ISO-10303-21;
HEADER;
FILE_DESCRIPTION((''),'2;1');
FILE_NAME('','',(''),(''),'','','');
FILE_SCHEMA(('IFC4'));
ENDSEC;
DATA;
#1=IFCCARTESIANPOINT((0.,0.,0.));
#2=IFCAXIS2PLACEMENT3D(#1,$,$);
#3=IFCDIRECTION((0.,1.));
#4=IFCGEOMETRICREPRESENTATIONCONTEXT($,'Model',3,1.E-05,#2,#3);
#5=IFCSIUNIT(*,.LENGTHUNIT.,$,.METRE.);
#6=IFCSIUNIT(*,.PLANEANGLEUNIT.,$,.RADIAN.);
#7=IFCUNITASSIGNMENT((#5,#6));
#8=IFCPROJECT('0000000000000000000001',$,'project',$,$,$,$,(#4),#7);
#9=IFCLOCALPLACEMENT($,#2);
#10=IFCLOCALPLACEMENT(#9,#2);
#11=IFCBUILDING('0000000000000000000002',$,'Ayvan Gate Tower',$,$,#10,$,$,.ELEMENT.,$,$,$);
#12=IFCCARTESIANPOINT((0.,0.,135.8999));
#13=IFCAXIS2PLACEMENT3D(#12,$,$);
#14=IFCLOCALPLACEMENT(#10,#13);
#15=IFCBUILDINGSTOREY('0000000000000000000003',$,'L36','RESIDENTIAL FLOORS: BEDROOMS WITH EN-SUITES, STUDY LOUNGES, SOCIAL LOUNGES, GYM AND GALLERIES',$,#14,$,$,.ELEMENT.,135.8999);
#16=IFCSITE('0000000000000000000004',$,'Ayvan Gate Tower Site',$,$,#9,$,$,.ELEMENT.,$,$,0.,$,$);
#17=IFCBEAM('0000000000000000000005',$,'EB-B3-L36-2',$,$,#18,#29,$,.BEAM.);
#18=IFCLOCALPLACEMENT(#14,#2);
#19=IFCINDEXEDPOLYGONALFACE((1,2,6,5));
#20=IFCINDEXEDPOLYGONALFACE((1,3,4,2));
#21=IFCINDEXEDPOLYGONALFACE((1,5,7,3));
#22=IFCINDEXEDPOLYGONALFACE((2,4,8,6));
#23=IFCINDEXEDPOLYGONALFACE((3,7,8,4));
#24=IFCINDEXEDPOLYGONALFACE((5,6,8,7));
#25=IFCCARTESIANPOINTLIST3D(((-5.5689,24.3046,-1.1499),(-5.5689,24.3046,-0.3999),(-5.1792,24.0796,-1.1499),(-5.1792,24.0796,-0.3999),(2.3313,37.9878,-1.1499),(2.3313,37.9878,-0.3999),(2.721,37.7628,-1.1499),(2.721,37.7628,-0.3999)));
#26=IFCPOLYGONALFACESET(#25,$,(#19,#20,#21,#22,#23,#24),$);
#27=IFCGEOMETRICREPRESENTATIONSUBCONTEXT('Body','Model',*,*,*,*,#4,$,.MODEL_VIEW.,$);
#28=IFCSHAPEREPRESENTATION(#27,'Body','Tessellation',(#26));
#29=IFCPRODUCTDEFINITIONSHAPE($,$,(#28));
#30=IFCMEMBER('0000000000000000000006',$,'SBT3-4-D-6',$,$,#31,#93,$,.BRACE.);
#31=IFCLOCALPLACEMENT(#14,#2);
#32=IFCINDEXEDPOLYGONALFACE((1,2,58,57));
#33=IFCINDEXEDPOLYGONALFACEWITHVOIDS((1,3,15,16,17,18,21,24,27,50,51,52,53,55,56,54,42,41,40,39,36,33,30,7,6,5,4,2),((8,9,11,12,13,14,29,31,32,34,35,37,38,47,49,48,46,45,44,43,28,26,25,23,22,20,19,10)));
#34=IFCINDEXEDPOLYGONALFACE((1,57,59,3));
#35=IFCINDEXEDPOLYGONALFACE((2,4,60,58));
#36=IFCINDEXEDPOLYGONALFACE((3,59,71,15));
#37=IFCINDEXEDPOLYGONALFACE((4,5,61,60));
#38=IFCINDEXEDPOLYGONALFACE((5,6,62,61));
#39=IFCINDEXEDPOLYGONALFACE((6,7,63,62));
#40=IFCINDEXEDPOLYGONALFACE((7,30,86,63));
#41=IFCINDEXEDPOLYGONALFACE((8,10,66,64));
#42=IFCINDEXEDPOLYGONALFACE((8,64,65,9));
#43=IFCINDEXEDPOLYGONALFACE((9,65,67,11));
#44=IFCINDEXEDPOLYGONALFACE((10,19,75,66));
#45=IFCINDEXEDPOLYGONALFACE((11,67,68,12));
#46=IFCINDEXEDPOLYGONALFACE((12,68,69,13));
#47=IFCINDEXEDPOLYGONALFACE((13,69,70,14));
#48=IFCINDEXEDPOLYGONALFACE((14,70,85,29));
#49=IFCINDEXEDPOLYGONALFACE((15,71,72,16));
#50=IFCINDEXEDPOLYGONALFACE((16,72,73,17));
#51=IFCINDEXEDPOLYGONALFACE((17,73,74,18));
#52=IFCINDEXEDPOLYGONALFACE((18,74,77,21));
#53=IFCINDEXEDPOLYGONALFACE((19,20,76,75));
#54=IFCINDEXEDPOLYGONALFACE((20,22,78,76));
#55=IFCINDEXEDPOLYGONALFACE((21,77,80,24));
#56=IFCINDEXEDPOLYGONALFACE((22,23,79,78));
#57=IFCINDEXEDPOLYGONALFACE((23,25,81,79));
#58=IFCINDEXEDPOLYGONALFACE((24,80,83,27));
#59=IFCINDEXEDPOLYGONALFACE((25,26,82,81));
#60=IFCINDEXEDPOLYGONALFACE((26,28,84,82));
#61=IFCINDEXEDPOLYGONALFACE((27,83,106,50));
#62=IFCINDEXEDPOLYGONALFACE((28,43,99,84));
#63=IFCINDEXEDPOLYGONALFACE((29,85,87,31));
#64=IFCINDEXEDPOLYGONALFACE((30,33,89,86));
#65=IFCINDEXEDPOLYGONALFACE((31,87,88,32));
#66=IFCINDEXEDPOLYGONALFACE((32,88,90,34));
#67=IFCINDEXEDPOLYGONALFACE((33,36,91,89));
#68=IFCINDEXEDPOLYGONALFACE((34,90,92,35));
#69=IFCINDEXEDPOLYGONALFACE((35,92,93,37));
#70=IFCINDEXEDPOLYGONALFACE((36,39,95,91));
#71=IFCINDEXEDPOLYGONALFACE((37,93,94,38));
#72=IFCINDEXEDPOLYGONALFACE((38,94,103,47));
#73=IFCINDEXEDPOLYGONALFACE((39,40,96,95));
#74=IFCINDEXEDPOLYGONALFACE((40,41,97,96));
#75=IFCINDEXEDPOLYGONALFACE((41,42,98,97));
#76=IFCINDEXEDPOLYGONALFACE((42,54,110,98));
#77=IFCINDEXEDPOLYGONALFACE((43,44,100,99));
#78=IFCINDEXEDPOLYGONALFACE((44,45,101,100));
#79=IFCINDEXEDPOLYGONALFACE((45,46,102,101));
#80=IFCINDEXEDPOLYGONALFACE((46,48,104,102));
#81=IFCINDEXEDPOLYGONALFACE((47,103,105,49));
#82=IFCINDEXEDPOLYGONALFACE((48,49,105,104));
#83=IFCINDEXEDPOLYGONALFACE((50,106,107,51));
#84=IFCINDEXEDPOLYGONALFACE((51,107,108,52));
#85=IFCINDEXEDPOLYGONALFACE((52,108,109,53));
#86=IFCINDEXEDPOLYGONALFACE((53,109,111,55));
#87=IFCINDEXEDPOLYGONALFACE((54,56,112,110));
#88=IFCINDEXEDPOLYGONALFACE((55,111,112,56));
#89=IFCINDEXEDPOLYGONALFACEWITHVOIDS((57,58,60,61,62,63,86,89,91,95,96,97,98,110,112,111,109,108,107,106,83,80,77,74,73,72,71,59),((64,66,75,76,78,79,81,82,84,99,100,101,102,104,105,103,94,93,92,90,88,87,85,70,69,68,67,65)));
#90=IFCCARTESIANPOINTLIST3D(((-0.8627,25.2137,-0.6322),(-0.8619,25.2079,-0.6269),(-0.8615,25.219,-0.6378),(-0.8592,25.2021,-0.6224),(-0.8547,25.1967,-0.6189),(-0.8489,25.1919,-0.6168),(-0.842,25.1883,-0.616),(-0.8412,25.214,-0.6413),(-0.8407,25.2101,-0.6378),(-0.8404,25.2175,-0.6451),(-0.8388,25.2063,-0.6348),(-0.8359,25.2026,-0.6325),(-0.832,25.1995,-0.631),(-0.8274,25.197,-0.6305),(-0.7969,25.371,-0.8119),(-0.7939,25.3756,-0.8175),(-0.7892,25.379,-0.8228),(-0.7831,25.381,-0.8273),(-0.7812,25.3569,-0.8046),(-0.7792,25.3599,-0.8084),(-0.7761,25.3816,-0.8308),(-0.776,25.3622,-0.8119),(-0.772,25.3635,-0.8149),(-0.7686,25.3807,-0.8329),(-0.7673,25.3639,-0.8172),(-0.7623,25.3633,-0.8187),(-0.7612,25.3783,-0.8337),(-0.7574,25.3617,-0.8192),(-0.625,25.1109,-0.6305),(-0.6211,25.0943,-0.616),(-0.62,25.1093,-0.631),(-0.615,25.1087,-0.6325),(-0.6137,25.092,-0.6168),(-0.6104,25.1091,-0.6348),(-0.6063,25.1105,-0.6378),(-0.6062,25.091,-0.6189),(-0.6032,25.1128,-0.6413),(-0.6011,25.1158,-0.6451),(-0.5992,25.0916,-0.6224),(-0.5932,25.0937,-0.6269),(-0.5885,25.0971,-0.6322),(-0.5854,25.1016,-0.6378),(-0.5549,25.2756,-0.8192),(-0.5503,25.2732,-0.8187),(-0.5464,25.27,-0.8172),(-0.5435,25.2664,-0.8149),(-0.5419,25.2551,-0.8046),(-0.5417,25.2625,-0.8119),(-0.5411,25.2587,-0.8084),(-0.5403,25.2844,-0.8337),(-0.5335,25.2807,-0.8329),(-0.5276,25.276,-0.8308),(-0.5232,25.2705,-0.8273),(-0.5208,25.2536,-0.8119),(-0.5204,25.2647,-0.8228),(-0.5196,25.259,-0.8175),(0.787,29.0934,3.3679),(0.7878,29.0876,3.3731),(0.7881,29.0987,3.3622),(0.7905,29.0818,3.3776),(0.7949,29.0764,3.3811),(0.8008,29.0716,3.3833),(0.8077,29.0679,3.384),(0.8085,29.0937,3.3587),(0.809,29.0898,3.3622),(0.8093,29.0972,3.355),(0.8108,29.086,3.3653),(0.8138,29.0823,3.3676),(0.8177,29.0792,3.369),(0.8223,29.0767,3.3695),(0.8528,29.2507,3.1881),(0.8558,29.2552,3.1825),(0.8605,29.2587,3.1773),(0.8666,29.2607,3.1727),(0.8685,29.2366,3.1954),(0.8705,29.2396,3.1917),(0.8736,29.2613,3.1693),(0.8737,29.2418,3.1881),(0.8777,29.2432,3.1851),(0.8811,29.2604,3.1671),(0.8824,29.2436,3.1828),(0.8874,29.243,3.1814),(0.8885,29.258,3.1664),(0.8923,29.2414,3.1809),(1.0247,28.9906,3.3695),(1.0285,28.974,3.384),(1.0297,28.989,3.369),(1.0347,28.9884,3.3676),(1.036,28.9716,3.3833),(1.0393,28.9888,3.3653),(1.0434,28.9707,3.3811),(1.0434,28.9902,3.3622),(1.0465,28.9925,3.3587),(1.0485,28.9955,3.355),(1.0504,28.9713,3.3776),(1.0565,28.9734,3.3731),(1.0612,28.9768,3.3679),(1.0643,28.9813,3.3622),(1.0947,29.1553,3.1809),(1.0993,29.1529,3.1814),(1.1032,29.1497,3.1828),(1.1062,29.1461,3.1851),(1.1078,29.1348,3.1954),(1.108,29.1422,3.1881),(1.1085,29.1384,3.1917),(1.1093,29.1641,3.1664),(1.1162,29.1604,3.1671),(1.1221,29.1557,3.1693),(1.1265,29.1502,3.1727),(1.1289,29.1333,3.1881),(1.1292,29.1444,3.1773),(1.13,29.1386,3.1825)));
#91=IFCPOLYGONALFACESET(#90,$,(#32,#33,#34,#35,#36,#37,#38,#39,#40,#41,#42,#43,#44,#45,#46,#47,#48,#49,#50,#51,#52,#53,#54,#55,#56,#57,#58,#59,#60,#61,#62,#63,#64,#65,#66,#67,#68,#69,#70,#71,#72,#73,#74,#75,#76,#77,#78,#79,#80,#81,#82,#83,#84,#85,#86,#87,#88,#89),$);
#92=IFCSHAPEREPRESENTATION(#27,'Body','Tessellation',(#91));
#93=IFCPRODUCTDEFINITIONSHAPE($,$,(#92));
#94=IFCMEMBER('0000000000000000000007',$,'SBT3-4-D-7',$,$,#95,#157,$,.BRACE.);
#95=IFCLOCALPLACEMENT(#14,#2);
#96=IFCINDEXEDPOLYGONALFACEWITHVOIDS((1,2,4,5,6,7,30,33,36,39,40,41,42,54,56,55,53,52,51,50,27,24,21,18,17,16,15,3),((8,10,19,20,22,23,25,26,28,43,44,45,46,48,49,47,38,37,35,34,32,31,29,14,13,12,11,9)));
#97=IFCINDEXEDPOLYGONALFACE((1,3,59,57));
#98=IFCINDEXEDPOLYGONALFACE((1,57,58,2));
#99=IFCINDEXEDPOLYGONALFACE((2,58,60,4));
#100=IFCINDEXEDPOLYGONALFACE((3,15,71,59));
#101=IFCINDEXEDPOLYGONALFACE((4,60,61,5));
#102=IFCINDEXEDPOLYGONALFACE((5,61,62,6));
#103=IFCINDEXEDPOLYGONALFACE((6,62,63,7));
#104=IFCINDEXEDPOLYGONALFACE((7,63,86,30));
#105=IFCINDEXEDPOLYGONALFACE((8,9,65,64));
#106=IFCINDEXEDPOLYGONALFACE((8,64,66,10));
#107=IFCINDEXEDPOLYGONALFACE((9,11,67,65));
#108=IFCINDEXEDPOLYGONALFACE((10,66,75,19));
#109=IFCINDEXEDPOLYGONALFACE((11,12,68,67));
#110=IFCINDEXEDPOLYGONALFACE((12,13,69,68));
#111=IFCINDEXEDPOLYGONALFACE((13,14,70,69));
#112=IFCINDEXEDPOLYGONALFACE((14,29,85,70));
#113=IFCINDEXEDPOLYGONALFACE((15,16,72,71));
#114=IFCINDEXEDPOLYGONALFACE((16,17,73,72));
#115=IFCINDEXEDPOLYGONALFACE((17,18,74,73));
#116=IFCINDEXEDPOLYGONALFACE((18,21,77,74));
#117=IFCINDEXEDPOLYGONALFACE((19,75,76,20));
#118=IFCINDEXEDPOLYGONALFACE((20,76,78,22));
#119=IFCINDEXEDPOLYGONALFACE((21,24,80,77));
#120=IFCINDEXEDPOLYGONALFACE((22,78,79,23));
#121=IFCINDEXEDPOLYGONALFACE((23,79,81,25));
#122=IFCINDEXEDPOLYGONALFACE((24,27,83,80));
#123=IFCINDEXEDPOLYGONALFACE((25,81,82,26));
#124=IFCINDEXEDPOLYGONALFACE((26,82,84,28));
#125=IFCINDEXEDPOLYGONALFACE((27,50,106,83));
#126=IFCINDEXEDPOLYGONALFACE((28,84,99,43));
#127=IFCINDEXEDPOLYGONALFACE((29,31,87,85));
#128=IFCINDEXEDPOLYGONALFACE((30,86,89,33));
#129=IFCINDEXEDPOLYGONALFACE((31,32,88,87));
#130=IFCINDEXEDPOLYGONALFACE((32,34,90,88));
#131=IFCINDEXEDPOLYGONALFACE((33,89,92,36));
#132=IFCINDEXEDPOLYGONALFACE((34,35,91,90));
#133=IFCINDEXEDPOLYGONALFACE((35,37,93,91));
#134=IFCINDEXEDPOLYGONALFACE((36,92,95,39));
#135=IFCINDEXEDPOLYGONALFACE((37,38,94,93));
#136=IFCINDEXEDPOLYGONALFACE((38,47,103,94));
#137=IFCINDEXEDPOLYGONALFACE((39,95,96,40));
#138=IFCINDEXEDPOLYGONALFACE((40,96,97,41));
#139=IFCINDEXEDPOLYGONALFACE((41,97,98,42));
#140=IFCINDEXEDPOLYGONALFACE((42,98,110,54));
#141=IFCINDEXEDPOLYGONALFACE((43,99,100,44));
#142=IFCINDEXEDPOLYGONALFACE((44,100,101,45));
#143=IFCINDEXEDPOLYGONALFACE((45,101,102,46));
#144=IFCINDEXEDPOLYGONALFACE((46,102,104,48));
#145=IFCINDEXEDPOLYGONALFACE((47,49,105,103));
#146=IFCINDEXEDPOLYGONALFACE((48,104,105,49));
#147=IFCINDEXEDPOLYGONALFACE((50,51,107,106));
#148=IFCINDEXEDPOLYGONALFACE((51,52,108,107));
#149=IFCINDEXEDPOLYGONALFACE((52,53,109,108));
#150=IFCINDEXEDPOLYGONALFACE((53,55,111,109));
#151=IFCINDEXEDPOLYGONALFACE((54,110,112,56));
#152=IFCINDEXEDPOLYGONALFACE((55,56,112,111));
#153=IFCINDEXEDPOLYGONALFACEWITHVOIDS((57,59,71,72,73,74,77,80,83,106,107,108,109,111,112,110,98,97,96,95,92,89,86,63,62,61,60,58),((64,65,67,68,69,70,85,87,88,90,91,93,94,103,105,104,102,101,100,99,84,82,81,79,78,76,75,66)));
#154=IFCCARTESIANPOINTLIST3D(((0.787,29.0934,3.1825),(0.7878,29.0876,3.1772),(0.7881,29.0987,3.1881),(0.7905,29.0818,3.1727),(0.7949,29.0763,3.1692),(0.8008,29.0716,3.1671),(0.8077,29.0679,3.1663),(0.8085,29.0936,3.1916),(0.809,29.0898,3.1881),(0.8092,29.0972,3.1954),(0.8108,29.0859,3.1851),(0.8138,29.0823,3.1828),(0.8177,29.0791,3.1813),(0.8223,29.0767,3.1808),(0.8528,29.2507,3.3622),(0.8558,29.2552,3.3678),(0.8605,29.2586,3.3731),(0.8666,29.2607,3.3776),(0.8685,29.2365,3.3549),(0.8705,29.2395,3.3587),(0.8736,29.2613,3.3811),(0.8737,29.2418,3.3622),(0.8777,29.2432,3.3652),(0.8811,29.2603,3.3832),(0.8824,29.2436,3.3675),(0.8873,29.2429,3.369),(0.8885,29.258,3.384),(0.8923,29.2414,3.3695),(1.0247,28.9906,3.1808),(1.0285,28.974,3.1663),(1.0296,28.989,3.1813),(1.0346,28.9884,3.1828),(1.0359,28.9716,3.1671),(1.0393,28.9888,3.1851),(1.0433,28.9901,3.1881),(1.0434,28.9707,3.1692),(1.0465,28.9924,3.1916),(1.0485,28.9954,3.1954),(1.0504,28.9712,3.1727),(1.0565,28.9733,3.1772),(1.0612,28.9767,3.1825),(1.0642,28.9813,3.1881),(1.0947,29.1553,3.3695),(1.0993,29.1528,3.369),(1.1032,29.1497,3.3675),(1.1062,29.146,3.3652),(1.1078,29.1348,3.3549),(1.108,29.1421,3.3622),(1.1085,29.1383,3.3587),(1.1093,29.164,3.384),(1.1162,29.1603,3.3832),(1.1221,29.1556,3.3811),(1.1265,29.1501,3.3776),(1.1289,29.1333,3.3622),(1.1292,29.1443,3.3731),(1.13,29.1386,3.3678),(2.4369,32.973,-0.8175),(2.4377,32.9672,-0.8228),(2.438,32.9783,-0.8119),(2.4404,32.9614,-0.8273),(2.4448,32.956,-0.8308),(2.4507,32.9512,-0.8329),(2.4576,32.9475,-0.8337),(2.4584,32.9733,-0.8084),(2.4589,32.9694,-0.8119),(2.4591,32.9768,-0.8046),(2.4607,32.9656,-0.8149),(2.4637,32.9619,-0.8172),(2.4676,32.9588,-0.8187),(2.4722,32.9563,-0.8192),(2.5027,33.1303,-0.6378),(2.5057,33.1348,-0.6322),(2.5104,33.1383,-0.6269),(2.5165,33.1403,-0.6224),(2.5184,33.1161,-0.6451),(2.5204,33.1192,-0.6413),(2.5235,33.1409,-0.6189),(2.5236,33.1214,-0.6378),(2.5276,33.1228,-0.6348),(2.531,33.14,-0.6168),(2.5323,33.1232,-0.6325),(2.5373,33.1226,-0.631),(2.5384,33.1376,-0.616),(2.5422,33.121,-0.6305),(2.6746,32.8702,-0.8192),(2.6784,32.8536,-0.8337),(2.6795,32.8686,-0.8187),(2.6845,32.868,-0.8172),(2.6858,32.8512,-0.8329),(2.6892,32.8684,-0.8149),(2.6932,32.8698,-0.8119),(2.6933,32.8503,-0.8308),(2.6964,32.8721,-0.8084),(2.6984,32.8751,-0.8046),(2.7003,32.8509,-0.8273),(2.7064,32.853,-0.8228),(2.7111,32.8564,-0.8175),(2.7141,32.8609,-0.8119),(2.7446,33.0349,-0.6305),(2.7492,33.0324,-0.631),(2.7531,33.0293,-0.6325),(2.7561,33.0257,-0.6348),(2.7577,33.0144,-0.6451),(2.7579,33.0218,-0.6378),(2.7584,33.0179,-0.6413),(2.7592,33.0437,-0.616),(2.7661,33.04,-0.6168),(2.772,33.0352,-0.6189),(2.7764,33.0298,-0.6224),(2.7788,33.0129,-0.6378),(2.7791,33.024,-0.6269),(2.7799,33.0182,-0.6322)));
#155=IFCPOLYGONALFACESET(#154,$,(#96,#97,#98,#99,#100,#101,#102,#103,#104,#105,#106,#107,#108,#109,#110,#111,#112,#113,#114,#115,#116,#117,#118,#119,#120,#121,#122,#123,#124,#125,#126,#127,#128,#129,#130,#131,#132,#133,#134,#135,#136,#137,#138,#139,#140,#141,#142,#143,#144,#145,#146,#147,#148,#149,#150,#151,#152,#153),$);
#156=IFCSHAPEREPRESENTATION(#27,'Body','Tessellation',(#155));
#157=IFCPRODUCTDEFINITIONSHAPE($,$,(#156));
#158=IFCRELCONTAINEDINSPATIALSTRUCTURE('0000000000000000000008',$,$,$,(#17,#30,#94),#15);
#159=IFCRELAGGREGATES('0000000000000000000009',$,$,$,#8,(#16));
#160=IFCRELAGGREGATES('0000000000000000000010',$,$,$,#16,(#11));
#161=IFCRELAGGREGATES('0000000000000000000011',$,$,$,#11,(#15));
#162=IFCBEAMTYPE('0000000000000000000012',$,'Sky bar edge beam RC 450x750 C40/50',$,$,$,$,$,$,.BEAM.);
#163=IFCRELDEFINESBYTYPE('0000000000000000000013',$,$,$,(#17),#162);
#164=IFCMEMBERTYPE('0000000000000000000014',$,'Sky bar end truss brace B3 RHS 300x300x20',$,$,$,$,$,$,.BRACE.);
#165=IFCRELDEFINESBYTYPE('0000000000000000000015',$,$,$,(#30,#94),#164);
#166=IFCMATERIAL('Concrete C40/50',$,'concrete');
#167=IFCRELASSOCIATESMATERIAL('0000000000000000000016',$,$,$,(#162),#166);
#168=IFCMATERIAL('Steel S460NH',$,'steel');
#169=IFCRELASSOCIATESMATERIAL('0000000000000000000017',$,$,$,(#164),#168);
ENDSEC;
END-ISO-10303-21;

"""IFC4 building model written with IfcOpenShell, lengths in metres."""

from ifc_helpers import new_model, si_unit, direction, frame, origin, origin_2d, place, context, subcontext, project, spatial, rectangle, hollow_rectangle, extrude, material, material_profile, profile_set, type_object, element, save


model = new_model("IFC4")

# Units and contexts
model_context = context("Model", 3, precision=1e-05, world=origin(), true_north=direction((0.0, 1.0)))
body_context = subcontext(model_context, "Body", "Model", "MODEL_VIEW")
ifc_project = project(units=[si_unit("LENGTHUNIT", "METRE"), si_unit("PLANEANGLEUNIT", "RADIAN")], contexts=[model_context])

# Site, building, storey
site_placement = place(None, origin())
site = spatial("IfcSite", under=ifc_project, at=site_placement, Name="Ayvan Gate Tower Site", CompositionType="ELEMENT", RefElevation=0.0)
building_placement = place(site_placement, origin())
building = spatial("IfcBuilding", under=site, at=building_placement, Name="Ayvan Gate Tower", CompositionType="ELEMENT")
storey_placement = place(building_placement, frame((0.0, 0.0, 135.8999)))
storey = spatial("IfcBuildingStorey", under=building, at=storey_placement, Name="L36", Description="RESIDENTIAL FLOORS: BEDROOMS WITH EN-SUITES, STUDY LOUNGES, SOCIAL LOUNGES, GYM AND GALLERIES", CompositionType="ELEMENT", Elevation=135.8999)

# Beam
ifc_material_1 = material(Name="Concrete C40/50", Category="concrete")
ifc_material_profile_1 = material_profile(ifc_material_1, rectangle(XDim=0.45, YDim=0.75, at=origin_2d()), Name="RC 450x750")
ifc_profile_set_1 = profile_set([ifc_material_profile_1], Name="Concrete C40/50")
beam_type = type_object("IfcBeamType", Name="Sky bar edge beam RC 450x750 C40/50", PredefinedType="BEAM", material=ifc_profile_set_1)
beam_placement = place(storey_placement, frame((-5.374, 24.1921, -0.7749), z_axis=(0.50001, 0.86602, 0.0), x_axis=(-0.86602, 0.50001, 0.0)))
element("IfcBeam", 1, at=beam_placement, inside=storey, type_object=beam_type, Name="EB-B3-L36-2", PredefinedType="BEAM", context=body_context, shape_type="SweptSolid", body=[
    extrude(rectangle(XDim=0.45, YDim=0.75, at=origin_2d()), origin(), (0.0, 0.0, 1.0), 15.8),
])

# Members
ifc_material_2 = material(Name="Steel S460NH", Category="steel")
ifc_material_profile_2 = material_profile(ifc_material_2, hollow_rectangle(XDim=0.3, YDim=0.3, WallThickness=0.02, InnerFilletRadius=0.02, OuterFilletRadius=0.03, at=origin_2d()), Name="RHS 300x300x20")
ifc_profile_set_2 = profile_set([ifc_material_profile_2], Name="Steel S460NH")
member_type_1 = type_object("IfcMemberType", Name="Sky bar end truss brace B3 RHS 300x300x20", PredefinedType="BRACE", material=ifc_profile_set_2)
for number, where, z_axis, x_axis, name in (
    (2, (-0.6912, 25.2363, -0.7249), (0.283863, 0.667585, 0.688296), (-0.920262, 0.391304, 0.0), "SBT3-4-D-6"),
    (3, (0.9585, 29.116, 3.2751), (0.283902, 0.667577, -0.688288), (-0.920241, 0.391353, 0.0), "SBT3-4-D-7"),
):
    element("IfcMember", number, at=place(storey_placement, frame(where, z_axis=z_axis, x_axis=x_axis)), inside=storey, type_object=member_type_1, Name=name, PredefinedType="BRACE", context=body_context, shape_type="SweptSolid", body=[
        extrude(hollow_rectangle(XDim=0.3, YDim=0.3, WallThickness=0.02, InnerFilletRadius=0.02, OuterFilletRadius=0.03, at=origin_2d()), origin(), (0.0, 0.0, 1.0), 5.8115),
    ])

save(model, "model.ifc")
